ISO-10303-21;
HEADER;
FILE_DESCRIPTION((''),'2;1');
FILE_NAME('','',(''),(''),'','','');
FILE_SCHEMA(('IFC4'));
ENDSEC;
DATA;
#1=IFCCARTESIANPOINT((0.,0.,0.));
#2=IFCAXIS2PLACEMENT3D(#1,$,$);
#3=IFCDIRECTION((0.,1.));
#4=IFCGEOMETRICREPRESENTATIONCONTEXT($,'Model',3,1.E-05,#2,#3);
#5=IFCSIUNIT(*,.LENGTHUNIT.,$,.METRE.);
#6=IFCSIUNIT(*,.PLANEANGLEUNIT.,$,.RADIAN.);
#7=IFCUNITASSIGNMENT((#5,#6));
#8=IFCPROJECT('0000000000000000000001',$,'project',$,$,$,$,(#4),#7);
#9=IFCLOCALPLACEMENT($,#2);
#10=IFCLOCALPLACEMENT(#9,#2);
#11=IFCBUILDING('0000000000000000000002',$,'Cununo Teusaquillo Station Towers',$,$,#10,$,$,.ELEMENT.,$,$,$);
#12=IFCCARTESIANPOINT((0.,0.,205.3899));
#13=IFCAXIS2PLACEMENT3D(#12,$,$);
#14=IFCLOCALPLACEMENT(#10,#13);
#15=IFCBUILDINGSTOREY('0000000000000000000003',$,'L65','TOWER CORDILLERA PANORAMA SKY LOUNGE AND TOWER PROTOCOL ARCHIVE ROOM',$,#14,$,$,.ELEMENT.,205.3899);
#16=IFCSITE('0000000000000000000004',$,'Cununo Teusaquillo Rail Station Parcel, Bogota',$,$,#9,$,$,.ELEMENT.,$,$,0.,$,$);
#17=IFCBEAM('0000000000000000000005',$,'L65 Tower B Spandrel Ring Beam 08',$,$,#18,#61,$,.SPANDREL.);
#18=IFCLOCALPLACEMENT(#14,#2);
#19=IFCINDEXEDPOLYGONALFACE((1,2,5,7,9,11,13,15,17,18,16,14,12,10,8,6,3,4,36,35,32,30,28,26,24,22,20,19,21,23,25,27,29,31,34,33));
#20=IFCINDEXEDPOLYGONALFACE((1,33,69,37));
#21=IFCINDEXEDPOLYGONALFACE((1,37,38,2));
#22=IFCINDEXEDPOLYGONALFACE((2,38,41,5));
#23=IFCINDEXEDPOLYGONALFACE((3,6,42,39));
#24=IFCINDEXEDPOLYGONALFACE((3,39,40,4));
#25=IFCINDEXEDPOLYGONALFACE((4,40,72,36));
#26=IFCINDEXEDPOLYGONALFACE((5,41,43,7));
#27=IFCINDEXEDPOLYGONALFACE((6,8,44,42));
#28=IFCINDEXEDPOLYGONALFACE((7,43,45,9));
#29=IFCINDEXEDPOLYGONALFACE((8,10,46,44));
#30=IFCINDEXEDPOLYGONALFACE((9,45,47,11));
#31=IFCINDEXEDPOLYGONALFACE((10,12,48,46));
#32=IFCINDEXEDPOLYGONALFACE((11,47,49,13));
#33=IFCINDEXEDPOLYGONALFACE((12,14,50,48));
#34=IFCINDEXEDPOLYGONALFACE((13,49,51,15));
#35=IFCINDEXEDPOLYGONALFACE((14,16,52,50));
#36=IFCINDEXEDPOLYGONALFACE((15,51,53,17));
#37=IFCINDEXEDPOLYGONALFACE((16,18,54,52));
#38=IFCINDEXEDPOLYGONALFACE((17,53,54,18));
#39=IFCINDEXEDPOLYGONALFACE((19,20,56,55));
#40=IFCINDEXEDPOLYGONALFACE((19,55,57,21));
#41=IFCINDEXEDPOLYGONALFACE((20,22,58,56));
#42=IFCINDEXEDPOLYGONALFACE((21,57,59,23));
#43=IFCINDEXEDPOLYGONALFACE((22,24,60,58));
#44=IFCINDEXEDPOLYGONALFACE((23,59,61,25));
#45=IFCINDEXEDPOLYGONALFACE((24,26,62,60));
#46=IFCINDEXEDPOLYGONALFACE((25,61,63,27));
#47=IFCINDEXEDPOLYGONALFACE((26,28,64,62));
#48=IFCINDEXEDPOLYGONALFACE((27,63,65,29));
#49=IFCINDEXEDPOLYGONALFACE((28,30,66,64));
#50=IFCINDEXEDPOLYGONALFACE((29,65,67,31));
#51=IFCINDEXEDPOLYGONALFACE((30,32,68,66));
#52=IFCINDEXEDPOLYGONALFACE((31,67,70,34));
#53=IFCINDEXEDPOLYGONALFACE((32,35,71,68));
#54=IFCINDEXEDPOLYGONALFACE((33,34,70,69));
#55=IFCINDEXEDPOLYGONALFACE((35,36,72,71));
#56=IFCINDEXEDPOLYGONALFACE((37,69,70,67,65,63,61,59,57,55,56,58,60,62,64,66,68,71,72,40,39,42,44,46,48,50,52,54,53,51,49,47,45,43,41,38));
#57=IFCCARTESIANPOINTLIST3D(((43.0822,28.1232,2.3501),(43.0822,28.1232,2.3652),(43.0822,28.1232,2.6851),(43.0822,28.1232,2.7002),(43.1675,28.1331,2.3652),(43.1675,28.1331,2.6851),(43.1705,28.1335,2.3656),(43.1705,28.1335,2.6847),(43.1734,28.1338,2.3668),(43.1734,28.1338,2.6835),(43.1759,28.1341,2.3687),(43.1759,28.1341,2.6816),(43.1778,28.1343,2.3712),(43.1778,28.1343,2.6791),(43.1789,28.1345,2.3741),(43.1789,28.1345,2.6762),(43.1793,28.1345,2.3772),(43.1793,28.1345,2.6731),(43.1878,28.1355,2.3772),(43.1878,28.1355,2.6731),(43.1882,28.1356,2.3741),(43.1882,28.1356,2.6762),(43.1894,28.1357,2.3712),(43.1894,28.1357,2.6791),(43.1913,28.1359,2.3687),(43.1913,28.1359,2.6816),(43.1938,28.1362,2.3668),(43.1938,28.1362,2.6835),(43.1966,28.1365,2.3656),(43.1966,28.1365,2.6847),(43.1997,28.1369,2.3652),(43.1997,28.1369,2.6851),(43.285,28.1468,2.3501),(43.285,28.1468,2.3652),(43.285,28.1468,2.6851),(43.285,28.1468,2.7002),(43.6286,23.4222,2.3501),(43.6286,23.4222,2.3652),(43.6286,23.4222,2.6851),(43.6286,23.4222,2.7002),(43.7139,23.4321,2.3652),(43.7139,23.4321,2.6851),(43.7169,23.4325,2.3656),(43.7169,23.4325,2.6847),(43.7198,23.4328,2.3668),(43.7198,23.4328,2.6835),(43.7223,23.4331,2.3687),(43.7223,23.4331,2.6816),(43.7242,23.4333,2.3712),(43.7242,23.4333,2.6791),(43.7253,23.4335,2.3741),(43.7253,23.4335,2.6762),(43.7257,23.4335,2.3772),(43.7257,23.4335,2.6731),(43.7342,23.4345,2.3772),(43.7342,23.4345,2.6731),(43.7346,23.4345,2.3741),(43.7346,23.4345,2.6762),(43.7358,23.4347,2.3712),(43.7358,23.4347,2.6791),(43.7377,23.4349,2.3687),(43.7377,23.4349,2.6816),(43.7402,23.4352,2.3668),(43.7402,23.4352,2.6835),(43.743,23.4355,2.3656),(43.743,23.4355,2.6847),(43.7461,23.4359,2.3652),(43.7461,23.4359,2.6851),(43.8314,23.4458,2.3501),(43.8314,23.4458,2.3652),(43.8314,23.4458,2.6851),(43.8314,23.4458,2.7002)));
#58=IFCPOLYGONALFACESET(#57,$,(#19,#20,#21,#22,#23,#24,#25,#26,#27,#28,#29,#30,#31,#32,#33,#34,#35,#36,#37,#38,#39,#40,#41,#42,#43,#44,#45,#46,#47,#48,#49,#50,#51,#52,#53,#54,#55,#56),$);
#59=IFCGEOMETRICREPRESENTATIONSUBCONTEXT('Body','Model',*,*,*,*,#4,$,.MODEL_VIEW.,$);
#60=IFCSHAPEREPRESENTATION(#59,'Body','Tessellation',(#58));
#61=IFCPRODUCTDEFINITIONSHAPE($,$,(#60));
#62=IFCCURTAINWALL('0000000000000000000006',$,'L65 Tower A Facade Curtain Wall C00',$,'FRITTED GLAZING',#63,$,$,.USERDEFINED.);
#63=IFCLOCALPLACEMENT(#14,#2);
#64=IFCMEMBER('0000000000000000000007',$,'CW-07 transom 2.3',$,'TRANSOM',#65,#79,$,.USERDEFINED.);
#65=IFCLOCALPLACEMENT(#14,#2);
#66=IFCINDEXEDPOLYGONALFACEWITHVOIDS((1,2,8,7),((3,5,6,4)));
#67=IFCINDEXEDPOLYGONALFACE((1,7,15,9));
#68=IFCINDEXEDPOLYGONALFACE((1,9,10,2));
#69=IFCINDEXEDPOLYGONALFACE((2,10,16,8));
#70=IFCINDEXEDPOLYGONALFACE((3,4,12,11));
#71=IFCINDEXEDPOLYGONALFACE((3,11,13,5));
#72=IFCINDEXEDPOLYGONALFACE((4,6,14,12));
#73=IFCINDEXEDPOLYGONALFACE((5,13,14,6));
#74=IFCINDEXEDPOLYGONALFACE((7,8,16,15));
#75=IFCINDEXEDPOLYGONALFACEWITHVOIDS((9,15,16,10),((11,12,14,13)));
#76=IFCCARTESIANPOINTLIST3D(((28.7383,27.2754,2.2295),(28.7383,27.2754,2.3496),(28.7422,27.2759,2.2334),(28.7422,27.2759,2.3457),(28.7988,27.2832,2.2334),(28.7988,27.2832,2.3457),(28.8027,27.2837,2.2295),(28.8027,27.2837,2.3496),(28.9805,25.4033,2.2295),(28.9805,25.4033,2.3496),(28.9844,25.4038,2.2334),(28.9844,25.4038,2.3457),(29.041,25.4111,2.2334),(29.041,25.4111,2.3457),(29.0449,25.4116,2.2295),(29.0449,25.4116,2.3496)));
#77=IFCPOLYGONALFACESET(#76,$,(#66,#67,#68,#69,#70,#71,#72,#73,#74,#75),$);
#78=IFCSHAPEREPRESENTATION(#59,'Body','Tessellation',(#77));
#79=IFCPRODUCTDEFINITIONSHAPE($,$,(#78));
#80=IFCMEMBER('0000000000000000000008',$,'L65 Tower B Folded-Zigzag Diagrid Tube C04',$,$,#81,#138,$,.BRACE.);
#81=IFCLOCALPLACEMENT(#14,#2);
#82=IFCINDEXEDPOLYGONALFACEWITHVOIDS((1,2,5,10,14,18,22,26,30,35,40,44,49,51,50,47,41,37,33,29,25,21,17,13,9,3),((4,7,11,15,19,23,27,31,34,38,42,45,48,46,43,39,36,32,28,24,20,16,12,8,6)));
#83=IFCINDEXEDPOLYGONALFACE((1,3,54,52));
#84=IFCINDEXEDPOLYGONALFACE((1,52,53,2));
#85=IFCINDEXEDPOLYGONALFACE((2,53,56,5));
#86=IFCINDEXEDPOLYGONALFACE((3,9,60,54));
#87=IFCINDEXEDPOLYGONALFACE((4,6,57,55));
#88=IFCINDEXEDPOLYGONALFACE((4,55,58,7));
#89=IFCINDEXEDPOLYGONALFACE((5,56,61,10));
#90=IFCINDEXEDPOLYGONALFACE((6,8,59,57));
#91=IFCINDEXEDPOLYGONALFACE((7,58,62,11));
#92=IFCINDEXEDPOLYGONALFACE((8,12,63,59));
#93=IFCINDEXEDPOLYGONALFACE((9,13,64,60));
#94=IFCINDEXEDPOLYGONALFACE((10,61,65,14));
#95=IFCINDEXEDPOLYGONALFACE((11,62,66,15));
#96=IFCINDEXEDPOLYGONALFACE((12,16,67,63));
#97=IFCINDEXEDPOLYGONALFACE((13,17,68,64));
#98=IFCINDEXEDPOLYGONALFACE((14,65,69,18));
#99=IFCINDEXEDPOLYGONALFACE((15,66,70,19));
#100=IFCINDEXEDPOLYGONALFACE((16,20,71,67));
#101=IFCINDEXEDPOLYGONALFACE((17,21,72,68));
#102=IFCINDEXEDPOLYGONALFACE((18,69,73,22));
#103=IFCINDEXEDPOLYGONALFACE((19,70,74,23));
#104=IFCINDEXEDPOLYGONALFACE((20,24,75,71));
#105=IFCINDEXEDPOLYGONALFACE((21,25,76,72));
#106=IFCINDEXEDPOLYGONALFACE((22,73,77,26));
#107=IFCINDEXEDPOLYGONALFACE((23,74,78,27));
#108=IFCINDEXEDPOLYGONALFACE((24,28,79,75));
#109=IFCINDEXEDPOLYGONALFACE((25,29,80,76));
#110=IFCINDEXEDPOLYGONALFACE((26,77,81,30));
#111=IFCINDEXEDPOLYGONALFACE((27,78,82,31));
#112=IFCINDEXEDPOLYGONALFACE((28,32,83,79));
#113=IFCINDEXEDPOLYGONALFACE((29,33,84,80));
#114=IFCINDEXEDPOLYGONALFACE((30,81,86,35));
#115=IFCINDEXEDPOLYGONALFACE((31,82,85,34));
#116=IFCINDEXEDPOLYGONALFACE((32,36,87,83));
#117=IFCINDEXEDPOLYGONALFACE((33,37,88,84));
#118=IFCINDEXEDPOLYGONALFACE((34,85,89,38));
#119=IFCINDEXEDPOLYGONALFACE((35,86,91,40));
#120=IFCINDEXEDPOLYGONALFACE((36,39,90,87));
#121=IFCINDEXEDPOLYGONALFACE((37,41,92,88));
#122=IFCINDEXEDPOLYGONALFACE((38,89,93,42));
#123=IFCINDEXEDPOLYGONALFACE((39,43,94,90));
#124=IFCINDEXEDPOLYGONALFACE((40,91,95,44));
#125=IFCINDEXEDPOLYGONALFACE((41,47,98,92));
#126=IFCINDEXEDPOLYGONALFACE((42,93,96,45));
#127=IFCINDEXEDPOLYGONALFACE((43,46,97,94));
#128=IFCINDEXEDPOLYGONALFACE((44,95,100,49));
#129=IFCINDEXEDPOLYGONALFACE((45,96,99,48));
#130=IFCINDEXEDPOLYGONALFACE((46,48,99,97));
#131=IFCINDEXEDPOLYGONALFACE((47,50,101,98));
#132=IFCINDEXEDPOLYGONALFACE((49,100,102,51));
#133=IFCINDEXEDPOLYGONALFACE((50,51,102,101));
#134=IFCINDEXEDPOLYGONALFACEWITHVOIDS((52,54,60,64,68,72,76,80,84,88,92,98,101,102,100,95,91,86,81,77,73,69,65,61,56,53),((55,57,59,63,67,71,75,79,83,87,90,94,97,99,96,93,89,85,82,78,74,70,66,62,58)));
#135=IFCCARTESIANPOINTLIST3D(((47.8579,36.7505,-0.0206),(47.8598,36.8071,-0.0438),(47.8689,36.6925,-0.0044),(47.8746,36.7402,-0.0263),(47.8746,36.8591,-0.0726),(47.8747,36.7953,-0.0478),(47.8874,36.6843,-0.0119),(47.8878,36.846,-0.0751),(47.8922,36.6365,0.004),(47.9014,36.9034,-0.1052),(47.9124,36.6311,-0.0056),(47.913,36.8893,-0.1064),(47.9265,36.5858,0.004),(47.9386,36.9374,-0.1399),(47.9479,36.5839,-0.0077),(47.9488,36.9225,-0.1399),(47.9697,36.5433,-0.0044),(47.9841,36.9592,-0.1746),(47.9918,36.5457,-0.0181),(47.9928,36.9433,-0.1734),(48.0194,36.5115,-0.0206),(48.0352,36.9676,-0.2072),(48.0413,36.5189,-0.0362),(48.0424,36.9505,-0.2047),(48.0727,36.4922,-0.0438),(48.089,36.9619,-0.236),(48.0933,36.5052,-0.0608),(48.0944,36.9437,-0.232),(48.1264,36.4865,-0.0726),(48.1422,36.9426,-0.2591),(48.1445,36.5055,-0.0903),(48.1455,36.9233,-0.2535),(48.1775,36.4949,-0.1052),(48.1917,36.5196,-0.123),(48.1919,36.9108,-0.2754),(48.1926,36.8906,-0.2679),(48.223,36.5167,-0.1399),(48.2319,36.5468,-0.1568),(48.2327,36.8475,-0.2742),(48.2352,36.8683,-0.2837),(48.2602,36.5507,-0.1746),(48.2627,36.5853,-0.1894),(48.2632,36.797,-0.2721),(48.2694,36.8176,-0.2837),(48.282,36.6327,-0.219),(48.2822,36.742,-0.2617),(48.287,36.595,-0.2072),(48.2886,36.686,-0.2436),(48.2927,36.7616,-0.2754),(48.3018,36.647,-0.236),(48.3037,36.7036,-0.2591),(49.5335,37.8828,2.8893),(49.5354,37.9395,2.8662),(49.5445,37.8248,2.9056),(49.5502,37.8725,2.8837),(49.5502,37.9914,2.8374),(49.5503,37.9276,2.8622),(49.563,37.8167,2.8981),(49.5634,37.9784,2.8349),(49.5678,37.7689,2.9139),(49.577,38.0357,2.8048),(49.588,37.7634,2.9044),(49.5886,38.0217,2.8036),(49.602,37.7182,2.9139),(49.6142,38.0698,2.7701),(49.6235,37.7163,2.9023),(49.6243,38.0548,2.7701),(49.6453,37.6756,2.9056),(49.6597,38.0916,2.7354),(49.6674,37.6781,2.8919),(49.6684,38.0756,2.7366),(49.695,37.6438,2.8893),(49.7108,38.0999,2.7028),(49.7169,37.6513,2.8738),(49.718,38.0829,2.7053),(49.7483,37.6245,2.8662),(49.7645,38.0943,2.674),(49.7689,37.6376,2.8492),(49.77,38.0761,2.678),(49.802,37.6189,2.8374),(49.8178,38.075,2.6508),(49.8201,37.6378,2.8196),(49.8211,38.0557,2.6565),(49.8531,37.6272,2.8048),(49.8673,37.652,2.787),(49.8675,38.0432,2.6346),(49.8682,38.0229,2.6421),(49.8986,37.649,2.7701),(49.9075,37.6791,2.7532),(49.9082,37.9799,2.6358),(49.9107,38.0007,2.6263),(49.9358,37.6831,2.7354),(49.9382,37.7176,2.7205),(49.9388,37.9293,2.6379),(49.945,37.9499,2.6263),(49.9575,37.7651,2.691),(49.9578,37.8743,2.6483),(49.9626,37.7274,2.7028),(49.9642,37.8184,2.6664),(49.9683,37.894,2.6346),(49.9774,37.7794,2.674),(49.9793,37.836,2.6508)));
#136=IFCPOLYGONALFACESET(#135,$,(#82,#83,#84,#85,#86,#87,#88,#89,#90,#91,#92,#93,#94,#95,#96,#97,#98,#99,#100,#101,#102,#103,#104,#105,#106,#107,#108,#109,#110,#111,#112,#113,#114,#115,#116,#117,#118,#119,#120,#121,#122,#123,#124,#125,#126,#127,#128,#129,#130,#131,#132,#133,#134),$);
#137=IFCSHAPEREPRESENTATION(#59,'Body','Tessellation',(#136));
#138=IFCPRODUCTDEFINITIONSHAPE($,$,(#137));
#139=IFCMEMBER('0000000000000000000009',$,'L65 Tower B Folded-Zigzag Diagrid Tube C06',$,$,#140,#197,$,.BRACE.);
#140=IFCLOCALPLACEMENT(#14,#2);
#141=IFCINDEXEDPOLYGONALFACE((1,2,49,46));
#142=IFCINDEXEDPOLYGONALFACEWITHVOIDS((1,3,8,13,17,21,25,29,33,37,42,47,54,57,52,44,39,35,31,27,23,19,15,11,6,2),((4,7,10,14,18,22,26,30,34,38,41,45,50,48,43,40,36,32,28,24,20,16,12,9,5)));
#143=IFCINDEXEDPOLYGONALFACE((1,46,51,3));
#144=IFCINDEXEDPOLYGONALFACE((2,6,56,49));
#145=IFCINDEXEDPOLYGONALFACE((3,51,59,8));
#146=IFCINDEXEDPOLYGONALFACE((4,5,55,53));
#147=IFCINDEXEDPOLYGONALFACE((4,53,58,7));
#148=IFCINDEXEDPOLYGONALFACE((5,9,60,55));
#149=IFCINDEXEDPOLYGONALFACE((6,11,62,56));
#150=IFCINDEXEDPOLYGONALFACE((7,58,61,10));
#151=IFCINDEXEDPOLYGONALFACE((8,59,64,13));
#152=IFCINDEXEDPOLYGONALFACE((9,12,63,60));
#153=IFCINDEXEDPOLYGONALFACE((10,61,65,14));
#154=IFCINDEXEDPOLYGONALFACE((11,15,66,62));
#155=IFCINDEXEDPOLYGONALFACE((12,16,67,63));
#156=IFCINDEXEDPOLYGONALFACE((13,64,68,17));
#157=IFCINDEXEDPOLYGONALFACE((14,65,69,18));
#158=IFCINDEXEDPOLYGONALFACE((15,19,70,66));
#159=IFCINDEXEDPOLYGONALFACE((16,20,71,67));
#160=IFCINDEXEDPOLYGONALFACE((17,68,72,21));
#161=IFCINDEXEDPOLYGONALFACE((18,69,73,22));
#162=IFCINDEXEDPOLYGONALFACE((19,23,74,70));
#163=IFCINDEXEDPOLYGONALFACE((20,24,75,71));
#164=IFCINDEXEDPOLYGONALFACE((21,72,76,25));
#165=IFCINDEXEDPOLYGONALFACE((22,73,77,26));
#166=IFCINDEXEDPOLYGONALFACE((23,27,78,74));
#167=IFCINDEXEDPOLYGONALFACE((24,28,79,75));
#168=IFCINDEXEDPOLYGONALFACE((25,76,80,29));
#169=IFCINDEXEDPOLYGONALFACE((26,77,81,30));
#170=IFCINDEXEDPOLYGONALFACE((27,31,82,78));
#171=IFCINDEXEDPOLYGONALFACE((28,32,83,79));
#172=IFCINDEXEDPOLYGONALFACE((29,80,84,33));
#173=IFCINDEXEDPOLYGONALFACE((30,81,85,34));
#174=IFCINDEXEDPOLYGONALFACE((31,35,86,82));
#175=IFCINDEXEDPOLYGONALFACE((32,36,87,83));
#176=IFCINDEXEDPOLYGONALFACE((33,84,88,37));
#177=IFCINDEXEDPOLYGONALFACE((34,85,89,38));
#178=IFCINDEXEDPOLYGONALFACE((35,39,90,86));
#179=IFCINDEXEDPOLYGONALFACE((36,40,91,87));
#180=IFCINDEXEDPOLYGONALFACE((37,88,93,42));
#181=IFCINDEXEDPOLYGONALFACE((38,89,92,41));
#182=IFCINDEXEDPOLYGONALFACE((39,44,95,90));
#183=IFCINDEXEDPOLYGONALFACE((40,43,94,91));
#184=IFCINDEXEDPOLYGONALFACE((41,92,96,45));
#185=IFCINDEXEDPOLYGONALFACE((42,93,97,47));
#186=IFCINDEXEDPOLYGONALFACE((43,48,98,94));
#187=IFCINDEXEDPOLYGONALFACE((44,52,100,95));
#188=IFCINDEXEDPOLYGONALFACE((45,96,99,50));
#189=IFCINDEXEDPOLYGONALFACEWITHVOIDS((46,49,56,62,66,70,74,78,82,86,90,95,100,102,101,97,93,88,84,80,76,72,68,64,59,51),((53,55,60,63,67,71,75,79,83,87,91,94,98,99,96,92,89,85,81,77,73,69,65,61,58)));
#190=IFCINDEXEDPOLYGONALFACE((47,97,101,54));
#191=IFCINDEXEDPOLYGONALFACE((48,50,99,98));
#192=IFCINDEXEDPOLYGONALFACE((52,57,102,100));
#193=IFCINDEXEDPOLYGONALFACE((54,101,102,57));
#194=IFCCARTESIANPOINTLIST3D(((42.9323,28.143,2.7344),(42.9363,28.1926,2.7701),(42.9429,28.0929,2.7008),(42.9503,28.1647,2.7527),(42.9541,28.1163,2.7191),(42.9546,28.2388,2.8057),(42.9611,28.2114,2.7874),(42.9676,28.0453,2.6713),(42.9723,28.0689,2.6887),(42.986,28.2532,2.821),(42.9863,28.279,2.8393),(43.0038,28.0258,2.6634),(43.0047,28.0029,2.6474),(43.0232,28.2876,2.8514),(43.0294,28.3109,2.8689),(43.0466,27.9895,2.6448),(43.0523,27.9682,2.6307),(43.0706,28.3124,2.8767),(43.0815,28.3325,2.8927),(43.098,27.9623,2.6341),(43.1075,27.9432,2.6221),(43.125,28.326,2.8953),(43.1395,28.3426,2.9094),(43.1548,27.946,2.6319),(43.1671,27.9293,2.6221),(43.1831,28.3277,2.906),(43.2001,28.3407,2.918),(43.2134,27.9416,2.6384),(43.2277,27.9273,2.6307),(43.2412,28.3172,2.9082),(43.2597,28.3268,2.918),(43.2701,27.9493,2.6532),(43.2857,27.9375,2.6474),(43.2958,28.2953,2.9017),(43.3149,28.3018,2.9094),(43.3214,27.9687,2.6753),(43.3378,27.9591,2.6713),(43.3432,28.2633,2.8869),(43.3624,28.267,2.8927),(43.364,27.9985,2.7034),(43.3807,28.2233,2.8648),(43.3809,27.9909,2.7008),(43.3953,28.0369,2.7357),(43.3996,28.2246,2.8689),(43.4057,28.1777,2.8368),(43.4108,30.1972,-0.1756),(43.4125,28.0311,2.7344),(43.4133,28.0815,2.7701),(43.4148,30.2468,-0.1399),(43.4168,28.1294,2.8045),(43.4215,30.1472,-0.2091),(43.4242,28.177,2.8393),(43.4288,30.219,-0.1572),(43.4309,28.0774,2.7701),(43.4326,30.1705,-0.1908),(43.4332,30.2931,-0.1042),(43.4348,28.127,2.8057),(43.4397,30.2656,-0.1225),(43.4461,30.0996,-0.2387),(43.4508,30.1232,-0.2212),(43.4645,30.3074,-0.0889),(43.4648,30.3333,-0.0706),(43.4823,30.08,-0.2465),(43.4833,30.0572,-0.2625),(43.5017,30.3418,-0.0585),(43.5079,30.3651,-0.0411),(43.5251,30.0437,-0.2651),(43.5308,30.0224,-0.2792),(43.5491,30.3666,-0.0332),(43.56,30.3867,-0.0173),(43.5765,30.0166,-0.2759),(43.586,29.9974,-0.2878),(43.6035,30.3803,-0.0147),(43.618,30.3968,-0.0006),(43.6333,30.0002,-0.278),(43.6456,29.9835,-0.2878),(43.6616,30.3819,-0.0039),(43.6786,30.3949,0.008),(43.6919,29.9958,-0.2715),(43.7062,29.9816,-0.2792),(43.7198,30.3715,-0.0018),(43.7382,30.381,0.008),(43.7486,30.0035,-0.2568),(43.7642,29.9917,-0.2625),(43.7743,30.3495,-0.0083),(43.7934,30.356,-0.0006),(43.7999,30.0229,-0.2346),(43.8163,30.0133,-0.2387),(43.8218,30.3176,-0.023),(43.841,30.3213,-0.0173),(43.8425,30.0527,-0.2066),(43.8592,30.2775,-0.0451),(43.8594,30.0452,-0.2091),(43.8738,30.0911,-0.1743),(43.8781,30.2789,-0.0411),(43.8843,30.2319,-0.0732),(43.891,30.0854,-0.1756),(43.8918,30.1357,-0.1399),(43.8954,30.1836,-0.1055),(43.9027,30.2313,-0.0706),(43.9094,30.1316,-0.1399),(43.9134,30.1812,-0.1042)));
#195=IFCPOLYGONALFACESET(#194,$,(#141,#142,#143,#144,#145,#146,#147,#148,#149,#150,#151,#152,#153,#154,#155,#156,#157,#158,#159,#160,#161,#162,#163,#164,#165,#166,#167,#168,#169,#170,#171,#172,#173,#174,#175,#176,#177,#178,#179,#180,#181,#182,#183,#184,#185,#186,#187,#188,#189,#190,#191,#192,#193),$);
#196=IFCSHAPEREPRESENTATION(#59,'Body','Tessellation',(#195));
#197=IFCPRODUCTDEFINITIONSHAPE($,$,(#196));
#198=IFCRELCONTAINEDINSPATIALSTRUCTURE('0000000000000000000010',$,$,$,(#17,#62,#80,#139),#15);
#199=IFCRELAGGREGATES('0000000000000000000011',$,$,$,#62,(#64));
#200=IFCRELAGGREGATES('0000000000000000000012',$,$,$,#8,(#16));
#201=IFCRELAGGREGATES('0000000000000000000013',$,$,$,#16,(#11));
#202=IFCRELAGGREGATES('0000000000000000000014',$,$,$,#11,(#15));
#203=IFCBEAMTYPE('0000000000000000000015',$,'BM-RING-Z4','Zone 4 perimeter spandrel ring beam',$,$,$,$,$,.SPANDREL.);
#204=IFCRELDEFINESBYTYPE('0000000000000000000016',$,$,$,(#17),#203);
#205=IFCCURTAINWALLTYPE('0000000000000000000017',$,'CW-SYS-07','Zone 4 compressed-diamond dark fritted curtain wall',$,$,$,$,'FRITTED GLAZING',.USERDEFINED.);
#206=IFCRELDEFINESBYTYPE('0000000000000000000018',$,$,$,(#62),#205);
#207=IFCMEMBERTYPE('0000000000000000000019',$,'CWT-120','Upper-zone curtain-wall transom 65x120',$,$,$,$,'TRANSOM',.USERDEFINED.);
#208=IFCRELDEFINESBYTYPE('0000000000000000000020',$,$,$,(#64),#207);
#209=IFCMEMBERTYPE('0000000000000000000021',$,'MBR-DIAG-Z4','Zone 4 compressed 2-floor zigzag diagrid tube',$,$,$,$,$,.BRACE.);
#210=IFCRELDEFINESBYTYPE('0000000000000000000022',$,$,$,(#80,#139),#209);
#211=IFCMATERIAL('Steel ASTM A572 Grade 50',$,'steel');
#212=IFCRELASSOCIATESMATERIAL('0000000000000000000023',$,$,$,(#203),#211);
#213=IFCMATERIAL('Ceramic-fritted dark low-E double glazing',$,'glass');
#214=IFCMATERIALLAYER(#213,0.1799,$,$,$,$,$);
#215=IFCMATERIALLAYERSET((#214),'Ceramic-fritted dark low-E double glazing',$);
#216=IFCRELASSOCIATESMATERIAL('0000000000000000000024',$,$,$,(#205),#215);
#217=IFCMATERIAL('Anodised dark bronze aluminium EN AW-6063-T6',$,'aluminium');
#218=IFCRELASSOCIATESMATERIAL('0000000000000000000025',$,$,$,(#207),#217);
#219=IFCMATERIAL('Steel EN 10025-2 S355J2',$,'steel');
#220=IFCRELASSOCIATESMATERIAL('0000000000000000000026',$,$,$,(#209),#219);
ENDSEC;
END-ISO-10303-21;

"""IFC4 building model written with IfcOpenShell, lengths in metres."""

from ifc_helpers import new_model, si_unit, direction, frame, origin, origin_2d, place, context, subcontext, project, spatial, hollow_rectangle, hollow_circle, i_section, extrude, material, layer, layer_set, material_profile, profile_set, type_object, element, aggregate, save


model = new_model("IFC4")

# Units and contexts
model_context = context("Model", 3, precision=1e-05, world=origin(), true_north=direction((0.0, 1.0)))
body_context = subcontext(model_context, "Body", "Model", "MODEL_VIEW")
ifc_project = project(units=[si_unit("LENGTHUNIT", "METRE"), si_unit("PLANEANGLEUNIT", "RADIAN")], contexts=[model_context])

# Site, building, storey
site_placement = place(None, origin())
site = spatial("IfcSite", under=ifc_project, at=site_placement, Name="Cununo Teusaquillo Rail Station Parcel, Bogota", CompositionType="ELEMENT", RefElevation=0.0)
building_placement = place(site_placement, origin())
building = spatial("IfcBuilding", under=site, at=building_placement, Name="Cununo Teusaquillo Station Towers", CompositionType="ELEMENT")
storey_placement = place(building_placement, frame((0.0, 0.0, 205.3899)))
storey = spatial("IfcBuildingStorey", under=building, at=storey_placement, Name="L65", Description="TOWER CORDILLERA PANORAMA SKY LOUNGE AND TOWER PROTOCOL ARCHIVE ROOM", CompositionType="ELEMENT", Elevation=205.3899)

# Beam
ifc_material_1 = material(Name="Steel ASTM A572 Grade 50", Category="steel")
ifc_material_profile_1 = material_profile(ifc_material_1, i_section(OverallWidth=0.2041, OverallDepth=0.3501, WebThickness=0.0085, FlangeThickness=0.0151, FilletRadius=0.012, at=origin_2d()), Name="W14X48")
ifc_profile_set_1 = profile_set([ifc_material_profile_1], Name="Steel ASTM A572 Grade 50")
beam_type_1 = type_object("IfcBeamType", Name="BM-RING-Z4", Description="Zone 4 perimeter spandrel ring beam", PredefinedType="SPANDREL", material=ifc_profile_set_1)
beam_1_placement = place(storey_placement, frame((43.1836, 28.135, 2.5251), z_axis=(0.115452, -0.993313, 0.0), x_axis=(0.993313, 0.115452, 0.0)))
element("IfcBeam", 1, at=beam_1_placement, inside=storey, type_object=beam_type_1, Name="L65 Tower B Spandrel Ring Beam 08", PredefinedType="SPANDREL", context=body_context, shape_type="SweptSolid", body=[
    extrude(i_section(OverallWidth=0.2041, OverallDepth=0.3501, WebThickness=0.0085, FlangeThickness=0.0151, FilletRadius=0.012, at=origin_2d()), origin(), (0.0, 0.0, 1.0), 4.7327),
])

# Curtain wall, member
ifc_material_2 = material(Name="Ceramic-fritted dark low-E double glazing", Category="glass")
ifc_layer_1 = layer(ifc_material_2, 0.1799)
ifc_layer_set_1 = layer_set([ifc_layer_1], Name="Ceramic-fritted dark low-E double glazing")
curtain_wall_type = type_object("IfcCurtainWallType", Name="CW-SYS-07", Description="Zone 4 compressed-diamond dark fritted curtain wall", ElementType="FRITTED GLAZING", PredefinedType="USERDEFINED", material=ifc_layer_set_1)
curtain_wall_placement = place(storey_placement, origin())
curtain_wall = element("IfcCurtainWall", 2, at=curtain_wall_placement, inside=storey, type_object=curtain_wall_type, Name="L65 Tower A Facade Curtain Wall C00", ObjectType="FRITTED GLAZING", PredefinedType="USERDEFINED")
ifc_material_3 = material(Name="Anodised dark bronze aluminium EN AW-6063-T6", Category="aluminium")
ifc_material_profile_2 = material_profile(ifc_material_3, hollow_rectangle(XDim=0.0649, YDim=0.1201, WallThickness=0.0039, at=origin_2d()), Name="CW-TRAN-65x120")
ifc_profile_set_2 = profile_set([ifc_material_profile_2], Name="Anodised dark bronze aluminium EN AW-6063-T6")
member_type_1 = type_object("IfcMemberType", Name="CWT-120", Description="Upper-zone curtain-wall transom 65x120", ElementType="TRANSOM", PredefinedType="USERDEFINED", material=ifc_profile_set_2)
member_1_placement = place(storey_placement, frame((28.7705, 27.2795, 2.2896), z_axis=(0.1283, -0.991735, 0.0), x_axis=(0.991735, 0.1283, 0.0)))
member_1 = element("IfcMember", 3, at=member_1_placement, type_object=member_type_1, Name="CW-07 transom 2.3", ObjectType="TRANSOM", PredefinedType="USERDEFINED", context=body_context, shape_type="SweptSolid", body=[
    extrude(hollow_rectangle(XDim=0.0649, YDim=0.1201, WallThickness=0.0039, at=origin_2d()), origin(), (0.0, 0.0, 1.0), 1.8877),
])

# Members
ifc_material_4 = material(Name="Steel EN 10025-2 S355J2", Category="steel")
ifc_material_profile_3 = material_profile(ifc_material_4, hollow_circle(Radius=0.2539, WallThickness=0.0181, at=origin_2d()), Name="CHS 508x18")
ifc_profile_set_3 = profile_set([ifc_material_profile_3], Name="Steel EN 10025-2 S355J2")
member_type_2 = type_object("IfcMemberType", Name="MBR-DIAG-Z4", Description="Zone 4 compressed 2-floor zigzag diagrid tube", PredefinedType="BRACE", material=ifc_profile_set_3)
member_2_placement = place(storey_placement, frame((48.0808, 36.7271, -0.1399), z_axis=(0.472833, 0.31954, 0.821172), x_axis=(-0.559927, 0.828542, 0.0)))
element("IfcMember", 4, at=member_2_placement, inside=storey, type_object=member_type_2, Name="L65 Tower B Folded-Zigzag Diagrid Tube C04", PredefinedType="BRACE", context=body_context, shape_type="SweptSolid", body=[
    extrude(hollow_circle(Radius=0.2539, WallThickness=0.0181, at=origin_2d()), origin(), (0.0, 0.0, 1.0), 3.5437),
])
member_3_placement = place(storey_placement, frame((43.6621, 30.1892, -0.1399), z_axis=(-0.133146, -0.571575, 0.809675), x_axis=(0.973925, -0.226871, 0.0)))
element("IfcMember", 5, at=member_3_placement, inside=storey, type_object=member_type_2, Name="L65 Tower B Folded-Zigzag Diagrid Tube C06", PredefinedType="BRACE", context=body_context, shape_type="SweptSolid", body=[
    extrude(hollow_circle(Radius=0.2539, WallThickness=0.0181, at=origin_2d()), origin(), (0.0, 0.0, 1.0), 3.594),
])

aggregate(curtain_wall, [member_1])

save(model, "model.ifc")
